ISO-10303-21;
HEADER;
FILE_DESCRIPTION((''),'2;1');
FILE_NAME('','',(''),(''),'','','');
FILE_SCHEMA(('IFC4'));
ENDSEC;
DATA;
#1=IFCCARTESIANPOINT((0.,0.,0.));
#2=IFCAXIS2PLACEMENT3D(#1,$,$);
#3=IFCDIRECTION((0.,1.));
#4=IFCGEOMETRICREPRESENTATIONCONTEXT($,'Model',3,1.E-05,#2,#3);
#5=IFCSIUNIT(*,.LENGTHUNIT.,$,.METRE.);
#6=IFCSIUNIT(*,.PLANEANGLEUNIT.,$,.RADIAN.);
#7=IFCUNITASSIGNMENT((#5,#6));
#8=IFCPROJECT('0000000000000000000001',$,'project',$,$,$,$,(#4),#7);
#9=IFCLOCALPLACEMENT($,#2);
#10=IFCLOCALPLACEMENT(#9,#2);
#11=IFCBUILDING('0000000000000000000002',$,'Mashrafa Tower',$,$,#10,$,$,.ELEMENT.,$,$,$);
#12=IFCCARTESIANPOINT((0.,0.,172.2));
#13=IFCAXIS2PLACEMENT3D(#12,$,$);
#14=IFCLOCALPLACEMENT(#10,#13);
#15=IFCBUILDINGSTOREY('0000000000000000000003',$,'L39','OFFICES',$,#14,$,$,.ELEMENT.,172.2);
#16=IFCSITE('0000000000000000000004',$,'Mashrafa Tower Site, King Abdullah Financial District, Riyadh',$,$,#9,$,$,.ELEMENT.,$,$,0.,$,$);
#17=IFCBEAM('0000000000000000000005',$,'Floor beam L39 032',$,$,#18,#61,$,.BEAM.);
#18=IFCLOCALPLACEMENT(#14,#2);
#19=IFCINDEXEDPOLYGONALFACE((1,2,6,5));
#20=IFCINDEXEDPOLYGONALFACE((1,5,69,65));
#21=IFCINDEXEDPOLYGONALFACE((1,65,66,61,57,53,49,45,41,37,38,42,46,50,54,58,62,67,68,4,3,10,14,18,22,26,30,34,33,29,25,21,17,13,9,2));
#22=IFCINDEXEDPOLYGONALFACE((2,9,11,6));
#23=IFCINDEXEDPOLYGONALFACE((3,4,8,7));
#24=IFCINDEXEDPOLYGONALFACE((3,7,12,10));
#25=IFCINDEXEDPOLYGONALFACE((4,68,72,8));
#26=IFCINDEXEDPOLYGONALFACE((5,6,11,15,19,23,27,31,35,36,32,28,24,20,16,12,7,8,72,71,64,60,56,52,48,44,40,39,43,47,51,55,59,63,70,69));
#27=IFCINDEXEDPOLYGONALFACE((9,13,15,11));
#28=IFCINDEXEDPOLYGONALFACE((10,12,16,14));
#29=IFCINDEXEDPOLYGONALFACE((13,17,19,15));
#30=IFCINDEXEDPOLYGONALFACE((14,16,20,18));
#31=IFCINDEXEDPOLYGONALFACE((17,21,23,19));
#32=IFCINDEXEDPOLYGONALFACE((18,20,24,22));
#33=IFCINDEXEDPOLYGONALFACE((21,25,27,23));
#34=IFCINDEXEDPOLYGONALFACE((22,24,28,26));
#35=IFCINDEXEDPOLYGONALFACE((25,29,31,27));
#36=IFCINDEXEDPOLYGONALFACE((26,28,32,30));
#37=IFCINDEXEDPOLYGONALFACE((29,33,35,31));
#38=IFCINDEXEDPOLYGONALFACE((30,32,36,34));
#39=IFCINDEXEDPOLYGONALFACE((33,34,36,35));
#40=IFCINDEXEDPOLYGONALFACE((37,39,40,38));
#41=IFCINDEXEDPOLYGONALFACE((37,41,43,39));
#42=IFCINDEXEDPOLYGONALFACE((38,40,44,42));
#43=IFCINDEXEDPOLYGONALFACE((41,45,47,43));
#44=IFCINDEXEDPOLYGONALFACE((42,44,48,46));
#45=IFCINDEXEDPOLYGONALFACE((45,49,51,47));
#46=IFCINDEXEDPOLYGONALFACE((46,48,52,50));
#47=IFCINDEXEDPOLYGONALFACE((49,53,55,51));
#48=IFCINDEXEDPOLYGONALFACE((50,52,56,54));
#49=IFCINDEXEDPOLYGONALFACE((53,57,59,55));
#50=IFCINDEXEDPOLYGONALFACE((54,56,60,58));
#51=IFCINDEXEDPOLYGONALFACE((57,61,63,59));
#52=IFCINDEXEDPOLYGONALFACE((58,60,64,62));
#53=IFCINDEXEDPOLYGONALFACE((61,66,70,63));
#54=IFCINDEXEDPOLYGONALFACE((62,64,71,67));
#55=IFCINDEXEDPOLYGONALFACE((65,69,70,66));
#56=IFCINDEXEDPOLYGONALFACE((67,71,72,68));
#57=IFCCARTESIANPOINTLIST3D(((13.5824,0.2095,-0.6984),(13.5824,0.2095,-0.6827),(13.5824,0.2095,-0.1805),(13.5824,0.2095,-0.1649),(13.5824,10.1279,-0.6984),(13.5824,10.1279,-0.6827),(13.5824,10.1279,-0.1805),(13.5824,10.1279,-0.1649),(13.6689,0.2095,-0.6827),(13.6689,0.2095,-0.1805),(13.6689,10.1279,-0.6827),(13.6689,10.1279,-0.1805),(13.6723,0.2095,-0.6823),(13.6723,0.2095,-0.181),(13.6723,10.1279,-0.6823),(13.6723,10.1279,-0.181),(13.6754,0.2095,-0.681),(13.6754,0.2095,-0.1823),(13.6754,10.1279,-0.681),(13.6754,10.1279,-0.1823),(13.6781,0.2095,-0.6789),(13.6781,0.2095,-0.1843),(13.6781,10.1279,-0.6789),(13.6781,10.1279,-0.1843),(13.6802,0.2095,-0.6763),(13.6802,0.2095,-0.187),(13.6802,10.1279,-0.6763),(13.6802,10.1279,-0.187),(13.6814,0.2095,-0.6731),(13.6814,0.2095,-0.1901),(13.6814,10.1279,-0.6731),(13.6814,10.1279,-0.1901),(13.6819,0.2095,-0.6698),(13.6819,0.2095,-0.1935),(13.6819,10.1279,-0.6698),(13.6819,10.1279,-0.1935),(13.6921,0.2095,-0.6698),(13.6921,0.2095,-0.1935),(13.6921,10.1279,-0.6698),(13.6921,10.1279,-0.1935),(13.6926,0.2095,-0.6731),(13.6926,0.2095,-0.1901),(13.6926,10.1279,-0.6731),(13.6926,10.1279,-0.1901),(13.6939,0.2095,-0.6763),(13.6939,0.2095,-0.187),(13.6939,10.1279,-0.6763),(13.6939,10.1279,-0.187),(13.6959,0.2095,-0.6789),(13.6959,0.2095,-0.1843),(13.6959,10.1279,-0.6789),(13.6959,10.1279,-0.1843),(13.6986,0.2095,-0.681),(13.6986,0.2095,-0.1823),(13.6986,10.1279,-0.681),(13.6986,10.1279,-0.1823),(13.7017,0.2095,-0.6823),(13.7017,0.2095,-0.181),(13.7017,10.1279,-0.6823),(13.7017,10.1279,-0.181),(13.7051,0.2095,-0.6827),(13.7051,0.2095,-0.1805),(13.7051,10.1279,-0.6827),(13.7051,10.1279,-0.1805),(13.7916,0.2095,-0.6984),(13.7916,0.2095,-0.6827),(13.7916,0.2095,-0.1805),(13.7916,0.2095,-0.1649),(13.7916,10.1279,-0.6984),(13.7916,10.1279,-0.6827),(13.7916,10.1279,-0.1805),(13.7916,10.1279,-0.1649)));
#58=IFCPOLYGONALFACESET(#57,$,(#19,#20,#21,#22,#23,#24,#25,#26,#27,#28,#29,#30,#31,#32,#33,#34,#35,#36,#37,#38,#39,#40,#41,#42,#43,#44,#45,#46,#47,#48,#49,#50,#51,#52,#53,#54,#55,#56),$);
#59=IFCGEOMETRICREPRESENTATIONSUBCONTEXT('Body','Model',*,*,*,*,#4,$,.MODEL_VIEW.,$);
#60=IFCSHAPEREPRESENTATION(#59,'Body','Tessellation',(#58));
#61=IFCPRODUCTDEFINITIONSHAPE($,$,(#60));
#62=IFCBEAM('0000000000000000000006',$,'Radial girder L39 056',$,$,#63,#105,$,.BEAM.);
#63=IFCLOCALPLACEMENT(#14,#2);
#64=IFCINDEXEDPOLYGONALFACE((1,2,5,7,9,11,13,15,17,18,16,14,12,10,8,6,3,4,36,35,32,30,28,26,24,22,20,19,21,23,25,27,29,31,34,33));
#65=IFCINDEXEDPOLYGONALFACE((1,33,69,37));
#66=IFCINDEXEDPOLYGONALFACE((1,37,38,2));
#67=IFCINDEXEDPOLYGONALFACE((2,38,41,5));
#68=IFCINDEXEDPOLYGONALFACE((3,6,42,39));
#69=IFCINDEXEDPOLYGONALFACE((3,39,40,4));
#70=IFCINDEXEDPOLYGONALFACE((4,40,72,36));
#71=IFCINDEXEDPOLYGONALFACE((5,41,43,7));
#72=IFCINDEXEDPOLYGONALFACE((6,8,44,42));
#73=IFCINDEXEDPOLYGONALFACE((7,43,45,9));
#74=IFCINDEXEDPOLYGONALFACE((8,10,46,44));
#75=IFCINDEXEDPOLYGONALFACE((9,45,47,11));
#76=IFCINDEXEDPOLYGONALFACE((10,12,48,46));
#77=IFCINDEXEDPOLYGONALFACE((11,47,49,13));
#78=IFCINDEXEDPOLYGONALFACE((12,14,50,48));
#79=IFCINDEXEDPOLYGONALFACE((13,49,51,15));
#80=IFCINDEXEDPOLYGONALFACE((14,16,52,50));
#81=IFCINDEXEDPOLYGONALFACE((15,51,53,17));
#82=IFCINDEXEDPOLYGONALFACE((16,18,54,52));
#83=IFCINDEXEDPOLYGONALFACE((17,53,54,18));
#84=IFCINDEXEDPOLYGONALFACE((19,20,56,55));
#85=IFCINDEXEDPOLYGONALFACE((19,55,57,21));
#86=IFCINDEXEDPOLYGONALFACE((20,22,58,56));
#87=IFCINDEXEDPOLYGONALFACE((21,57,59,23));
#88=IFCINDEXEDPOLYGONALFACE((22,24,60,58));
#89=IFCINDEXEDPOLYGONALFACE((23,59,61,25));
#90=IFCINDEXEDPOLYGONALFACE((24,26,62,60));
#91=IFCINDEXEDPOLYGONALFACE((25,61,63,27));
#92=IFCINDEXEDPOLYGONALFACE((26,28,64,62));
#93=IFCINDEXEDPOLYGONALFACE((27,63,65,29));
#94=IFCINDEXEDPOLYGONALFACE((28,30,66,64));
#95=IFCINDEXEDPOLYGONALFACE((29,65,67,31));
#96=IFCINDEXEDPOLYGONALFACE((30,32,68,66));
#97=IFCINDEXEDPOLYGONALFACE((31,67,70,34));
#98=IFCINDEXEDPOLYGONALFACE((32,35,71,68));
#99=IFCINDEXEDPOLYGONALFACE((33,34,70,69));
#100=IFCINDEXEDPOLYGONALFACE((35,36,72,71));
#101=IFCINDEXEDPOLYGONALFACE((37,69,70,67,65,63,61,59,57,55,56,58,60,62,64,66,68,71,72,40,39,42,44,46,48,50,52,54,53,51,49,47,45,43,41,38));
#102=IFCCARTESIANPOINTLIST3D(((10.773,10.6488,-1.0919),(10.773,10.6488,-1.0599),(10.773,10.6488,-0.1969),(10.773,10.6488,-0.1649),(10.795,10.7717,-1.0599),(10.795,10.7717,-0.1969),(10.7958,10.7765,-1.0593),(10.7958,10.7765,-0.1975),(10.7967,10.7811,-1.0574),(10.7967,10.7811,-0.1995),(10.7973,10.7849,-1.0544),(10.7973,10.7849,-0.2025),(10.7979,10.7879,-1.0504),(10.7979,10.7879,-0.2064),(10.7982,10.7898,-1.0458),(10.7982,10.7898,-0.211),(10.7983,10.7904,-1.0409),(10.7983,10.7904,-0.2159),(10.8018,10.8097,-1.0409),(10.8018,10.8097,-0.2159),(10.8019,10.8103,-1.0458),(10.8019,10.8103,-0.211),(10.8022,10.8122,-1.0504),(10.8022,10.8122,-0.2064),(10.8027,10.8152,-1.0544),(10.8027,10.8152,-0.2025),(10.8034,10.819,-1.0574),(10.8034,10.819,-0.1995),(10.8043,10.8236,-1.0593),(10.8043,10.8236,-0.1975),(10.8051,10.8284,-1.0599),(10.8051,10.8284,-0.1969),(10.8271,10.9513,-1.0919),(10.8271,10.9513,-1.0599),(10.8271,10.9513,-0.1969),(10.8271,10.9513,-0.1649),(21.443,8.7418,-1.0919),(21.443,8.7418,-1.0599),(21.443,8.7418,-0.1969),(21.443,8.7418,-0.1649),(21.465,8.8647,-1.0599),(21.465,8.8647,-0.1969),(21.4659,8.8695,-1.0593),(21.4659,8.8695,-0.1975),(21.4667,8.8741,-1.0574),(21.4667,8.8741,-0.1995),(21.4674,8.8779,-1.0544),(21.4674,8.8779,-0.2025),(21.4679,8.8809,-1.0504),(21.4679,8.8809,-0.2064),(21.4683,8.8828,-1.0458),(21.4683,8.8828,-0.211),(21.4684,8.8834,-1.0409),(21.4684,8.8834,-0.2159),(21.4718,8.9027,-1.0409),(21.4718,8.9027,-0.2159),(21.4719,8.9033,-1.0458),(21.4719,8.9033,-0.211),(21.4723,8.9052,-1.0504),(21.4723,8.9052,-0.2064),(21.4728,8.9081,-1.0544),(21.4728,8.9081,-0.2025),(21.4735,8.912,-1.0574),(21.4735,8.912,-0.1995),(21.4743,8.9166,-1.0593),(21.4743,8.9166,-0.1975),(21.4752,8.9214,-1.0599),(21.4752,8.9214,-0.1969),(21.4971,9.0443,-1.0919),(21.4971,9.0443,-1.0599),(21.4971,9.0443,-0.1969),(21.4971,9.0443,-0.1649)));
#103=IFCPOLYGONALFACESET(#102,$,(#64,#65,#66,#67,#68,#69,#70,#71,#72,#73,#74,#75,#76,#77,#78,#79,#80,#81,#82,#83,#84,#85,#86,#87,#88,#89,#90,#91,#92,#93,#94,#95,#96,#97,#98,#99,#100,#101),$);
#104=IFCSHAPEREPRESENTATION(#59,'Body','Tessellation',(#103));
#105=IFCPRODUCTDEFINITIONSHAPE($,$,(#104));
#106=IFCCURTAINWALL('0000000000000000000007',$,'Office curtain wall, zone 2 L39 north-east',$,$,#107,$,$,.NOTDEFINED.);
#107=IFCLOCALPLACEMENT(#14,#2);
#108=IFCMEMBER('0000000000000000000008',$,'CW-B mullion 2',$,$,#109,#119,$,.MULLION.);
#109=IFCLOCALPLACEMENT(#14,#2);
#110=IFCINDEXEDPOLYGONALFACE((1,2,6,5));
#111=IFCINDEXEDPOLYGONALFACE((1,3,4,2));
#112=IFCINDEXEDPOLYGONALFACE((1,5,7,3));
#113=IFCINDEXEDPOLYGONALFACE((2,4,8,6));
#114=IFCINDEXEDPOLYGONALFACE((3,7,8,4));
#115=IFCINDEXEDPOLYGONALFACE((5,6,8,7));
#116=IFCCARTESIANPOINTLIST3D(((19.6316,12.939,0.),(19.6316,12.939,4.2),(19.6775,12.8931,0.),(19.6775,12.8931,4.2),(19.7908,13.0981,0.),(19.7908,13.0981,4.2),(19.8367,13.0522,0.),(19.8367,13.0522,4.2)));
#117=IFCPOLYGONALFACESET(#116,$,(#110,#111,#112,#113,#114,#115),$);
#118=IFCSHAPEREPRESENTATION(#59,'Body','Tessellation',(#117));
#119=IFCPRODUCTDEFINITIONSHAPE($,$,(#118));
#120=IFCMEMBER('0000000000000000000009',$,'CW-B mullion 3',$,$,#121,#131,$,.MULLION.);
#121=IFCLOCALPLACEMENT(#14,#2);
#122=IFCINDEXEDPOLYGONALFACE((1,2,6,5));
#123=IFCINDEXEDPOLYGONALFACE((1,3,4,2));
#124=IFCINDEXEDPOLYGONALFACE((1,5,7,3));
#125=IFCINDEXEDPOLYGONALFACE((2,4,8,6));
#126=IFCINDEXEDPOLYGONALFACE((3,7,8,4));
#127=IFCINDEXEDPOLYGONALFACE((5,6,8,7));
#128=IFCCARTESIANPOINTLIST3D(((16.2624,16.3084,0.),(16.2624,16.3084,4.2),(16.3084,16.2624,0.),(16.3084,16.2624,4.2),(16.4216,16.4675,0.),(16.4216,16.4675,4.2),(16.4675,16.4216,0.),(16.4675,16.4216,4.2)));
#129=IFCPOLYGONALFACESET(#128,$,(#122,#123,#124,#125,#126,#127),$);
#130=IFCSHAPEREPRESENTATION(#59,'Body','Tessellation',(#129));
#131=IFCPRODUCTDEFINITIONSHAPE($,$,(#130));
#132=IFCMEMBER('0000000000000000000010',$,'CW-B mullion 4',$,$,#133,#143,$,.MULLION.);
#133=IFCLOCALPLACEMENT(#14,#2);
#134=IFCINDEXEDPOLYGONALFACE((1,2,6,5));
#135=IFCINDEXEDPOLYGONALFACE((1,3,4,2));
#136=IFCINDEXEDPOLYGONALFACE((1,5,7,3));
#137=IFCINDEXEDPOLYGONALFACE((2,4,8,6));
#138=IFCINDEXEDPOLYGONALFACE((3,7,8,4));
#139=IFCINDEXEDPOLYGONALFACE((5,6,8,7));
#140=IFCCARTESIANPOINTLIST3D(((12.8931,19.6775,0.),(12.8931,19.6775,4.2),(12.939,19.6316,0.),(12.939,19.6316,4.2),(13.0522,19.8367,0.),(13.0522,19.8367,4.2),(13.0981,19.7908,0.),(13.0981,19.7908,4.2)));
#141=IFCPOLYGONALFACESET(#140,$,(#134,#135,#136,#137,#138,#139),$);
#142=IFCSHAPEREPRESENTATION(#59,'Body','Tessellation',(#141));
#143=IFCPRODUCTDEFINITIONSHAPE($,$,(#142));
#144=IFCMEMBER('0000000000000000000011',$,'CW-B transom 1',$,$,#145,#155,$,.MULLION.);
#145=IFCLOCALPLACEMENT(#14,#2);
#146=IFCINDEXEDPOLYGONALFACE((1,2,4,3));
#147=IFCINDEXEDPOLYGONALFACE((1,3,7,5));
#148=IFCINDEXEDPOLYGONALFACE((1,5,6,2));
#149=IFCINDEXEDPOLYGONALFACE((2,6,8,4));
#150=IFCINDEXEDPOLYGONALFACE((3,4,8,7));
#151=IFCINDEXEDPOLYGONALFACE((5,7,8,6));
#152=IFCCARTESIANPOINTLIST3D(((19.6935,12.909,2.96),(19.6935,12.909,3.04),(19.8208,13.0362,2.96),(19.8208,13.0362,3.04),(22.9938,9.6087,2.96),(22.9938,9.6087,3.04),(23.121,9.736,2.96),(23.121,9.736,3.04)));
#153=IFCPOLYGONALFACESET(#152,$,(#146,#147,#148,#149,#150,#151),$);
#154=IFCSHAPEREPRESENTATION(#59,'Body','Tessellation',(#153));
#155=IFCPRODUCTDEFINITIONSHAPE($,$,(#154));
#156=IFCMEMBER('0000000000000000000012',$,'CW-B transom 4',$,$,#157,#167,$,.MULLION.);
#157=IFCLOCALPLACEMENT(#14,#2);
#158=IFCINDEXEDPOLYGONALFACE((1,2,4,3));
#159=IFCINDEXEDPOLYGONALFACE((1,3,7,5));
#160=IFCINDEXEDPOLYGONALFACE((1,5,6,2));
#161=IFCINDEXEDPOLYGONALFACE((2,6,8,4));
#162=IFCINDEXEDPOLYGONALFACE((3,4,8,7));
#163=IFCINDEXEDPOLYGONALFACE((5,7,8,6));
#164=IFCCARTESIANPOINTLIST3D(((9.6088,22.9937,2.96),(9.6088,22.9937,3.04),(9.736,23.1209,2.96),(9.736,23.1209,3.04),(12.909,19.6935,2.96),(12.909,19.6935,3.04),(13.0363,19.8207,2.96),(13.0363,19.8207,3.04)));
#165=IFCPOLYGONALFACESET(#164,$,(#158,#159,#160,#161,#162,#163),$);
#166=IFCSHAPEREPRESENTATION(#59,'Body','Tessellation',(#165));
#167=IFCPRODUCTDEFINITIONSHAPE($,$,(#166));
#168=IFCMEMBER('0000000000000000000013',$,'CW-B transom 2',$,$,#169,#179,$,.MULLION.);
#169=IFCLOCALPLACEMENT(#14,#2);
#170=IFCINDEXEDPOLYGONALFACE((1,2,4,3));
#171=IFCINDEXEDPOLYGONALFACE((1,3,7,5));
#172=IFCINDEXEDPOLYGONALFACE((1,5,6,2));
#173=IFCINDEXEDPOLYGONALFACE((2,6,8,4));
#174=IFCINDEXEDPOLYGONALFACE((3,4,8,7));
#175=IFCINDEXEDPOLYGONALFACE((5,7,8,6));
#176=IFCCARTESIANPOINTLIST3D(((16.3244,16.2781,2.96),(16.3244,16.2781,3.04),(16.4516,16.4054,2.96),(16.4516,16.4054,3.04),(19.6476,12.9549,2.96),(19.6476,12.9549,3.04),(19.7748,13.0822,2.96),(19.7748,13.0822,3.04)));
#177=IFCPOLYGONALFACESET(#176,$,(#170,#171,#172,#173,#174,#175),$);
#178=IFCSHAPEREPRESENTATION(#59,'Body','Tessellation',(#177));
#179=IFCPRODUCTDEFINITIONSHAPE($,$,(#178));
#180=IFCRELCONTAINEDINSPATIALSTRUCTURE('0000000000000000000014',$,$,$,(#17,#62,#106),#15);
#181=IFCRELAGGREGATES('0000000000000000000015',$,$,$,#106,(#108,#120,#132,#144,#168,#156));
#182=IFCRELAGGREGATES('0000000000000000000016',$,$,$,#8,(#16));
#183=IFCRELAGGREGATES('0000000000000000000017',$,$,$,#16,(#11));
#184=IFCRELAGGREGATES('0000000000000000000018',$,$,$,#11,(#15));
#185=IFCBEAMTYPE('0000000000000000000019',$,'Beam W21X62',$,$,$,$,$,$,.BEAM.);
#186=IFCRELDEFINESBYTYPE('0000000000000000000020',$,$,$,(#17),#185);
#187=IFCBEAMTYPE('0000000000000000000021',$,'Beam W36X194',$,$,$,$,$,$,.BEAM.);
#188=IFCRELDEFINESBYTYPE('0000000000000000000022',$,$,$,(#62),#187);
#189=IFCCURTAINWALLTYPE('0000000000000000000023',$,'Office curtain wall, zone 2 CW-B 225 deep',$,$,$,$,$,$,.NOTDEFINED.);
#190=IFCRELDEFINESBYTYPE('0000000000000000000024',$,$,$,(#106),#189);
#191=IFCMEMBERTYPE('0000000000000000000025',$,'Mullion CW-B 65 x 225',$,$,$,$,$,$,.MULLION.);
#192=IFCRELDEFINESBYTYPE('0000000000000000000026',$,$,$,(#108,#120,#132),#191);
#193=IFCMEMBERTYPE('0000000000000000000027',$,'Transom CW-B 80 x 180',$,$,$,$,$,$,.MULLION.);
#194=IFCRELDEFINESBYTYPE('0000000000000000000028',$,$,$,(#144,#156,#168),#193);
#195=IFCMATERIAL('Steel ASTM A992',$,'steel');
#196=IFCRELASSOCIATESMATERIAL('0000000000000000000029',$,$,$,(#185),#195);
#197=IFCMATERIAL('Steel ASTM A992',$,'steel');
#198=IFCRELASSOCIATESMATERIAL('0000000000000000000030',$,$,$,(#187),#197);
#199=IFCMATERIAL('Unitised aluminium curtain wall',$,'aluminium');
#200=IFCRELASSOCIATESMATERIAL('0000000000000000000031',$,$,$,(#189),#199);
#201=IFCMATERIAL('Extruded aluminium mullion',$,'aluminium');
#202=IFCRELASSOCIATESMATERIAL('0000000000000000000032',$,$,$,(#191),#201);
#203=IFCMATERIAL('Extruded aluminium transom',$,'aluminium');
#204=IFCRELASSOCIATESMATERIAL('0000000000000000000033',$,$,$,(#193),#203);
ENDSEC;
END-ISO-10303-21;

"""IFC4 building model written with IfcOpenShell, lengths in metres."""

from ifc_helpers import new_model, si_unit, direction, frame, origin, origin_2d, place, context, subcontext, project, spatial, rectangle, i_section, extrude, source, transform, mapped, material, material_profile, profile_set, type_object, type_shapes, element, aggregate, save


model = new_model("IFC4")

# Units and contexts
model_context = context("Model", 3, precision=1e-05, world=origin(), true_north=direction((0.0, 1.0)))
body_context = subcontext(model_context, "Body", "Model", "MODEL_VIEW")
ifc_project = project(units=[si_unit("LENGTHUNIT", "METRE"), si_unit("PLANEANGLEUNIT", "RADIAN")], contexts=[model_context])

# Site, building, storey
site_placement = place(None, origin())
site = spatial("IfcSite", under=ifc_project, at=site_placement, Name="Mashrafa Tower Site, King Abdullah Financial District, Riyadh", CompositionType="ELEMENT", RefElevation=0.0)
building_placement = place(site_placement, origin())
building = spatial("IfcBuilding", under=site, at=building_placement, Name="Mashrafa Tower", CompositionType="ELEMENT")
storey_placement = place(building_placement, frame((0.0, 0.0, 172.2)))
storey = spatial("IfcBuildingStorey", under=building, at=storey_placement, Name="L39", Description="OFFICES", CompositionType="ELEMENT", Elevation=172.2)

# Beams
ifc_material_1 = material(Name="Steel ASTM A992", Category="steel")
ifc_material_profile_1 = material_profile(ifc_material_1, i_section(OverallWidth=0.2092, OverallDepth=0.5334, WebThickness=0.0103, FlangeThickness=0.0156, FilletRadius=0.0129, at=origin_2d()), Name="W21X62")
ifc_profile_set_1 = profile_set([ifc_material_profile_1], Name="Steel ASTM A992")
beam_type_1 = type_object("IfcBeamType", Name="Beam W21X62", PredefinedType="BEAM", material=ifc_profile_set_1)
beam_1_placement = place(storey_placement, frame((13.687, 10.1279, -0.4316), z_axis=(0.0, -1.0, 0.0), x_axis=(1.0, 0.0, 0.0)))
element("IfcBeam", 1, at=beam_1_placement, inside=storey, type_object=beam_type_1, Name="Floor beam L39 032", PredefinedType="BEAM", context=body_context, shape_type="SweptSolid", body=[
    extrude(i_section(OverallWidth=0.2092, OverallDepth=0.5334, WebThickness=0.0103, FlangeThickness=0.0156, FilletRadius=0.0129, at=origin_2d()), origin(), (0.0, 0.0, 1.0), 9.9185),
])
ifc_material_2 = material(Name="Steel ASTM A992", Category="steel")
ifc_material_profile_2 = material_profile(ifc_material_2, i_section(OverallWidth=0.3074, OverallDepth=0.927, WebThickness=0.0195, FlangeThickness=0.032, FilletRadius=0.019, at=origin_2d()), Name="W36X194")
ifc_profile_set_2 = profile_set([ifc_material_profile_2], Name="Steel ASTM A992")
beam_type_2 = type_object("IfcBeamType", Name="Beam W36X194", PredefinedType="BEAM", material=ifc_profile_set_2)
beam_2_placement = place(storey_placement, frame((10.8, 10.8, -0.6284), z_axis=(0.984401, -0.175937, 0.0), x_axis=(0.175937, 0.984401, 0.0)))
element("IfcBeam", 2, at=beam_2_placement, inside=storey, type_object=beam_type_2, Name="Radial girder L39 056", PredefinedType="BEAM", context=body_context, shape_type="SweptSolid", body=[
    extrude(i_section(OverallWidth=0.3074, OverallDepth=0.927, WebThickness=0.0195, FlangeThickness=0.032, FilletRadius=0.019, at=origin_2d()), origin(), (0.0, 0.0, 1.0), 10.8391),
])

# Curtain wall, members
ifc_material_3 = material(Name="Unitised aluminium curtain wall", Category="aluminium")
curtain_wall_type = type_object("IfcCurtainWallType", Name="Office curtain wall, zone 2 CW-B 225 deep", PredefinedType="NOTDEFINED", material=ifc_material_3)
curtain_wall_placement = place(storey_placement, origin())
curtain_wall = element("IfcCurtainWall", 3, at=curtain_wall_placement, inside=storey, type_object=curtain_wall_type, Name="Office curtain wall, zone 2 L39 north-east", PredefinedType="NOTDEFINED")
ifc_material_4 = material(Name="Extruded aluminium mullion", Category="aluminium")
ifc_material_profile_3 = material_profile(ifc_material_4, rectangle(XDim=0.2251, YDim=0.0649, at=origin_2d()), Name="Mullion 65x225")
ifc_profile_set_3 = profile_set([ifc_material_profile_3], Name="Extruded aluminium mullion")
member_type_1 = type_object("IfcMemberType", Name="Mullion CW-B 65 x 225", PredefinedType="MULLION", material=ifc_profile_set_3)
shared_shape_1 = source(origin(), body_context, "Body", "SweptSolid", [
    extrude(rectangle(XDim=0.2251, YDim=0.0649, at=origin_2d()), origin(), (0.0, 0.0, 1.0), 4.2),
])
type_shapes(member_type_1, [shared_shape_1])
member_1_placement = place(storey_placement, frame((19.7341, 12.9956, 0.0), z_axis=(0.0, 0.0, 1.0), x_axis=(-0.707107, -0.707107, 0.0)))
member_1 = element("IfcMember", 4, at=member_1_placement, type_object=member_type_1, Name="CW-B mullion 2", PredefinedType="MULLION", context=body_context, shape_type="MappedRepresentation", body=[
    mapped(shared_shape_1, transform((0.0, 0.0, 0.0))),
])
member_2_placement = place(storey_placement, frame((16.365, 16.365, 0.0), z_axis=(0.0, 0.0, 1.0), x_axis=(-0.707107, -0.707107, 0.0)))
member_2 = element("IfcMember", 5, at=member_2_placement, type_object=member_type_1, Name="CW-B mullion 3", PredefinedType="MULLION", context=body_context, shape_type="MappedRepresentation", body=[
    mapped(shared_shape_1, transform((0.0, 0.0, 0.0))),
])
member_3_placement = place(storey_placement, frame((12.9956, 19.7341, 0.0), z_axis=(0.0, 0.0, 1.0), x_axis=(-0.707107, -0.707107, 0.0)))
member_3 = element("IfcMember", 6, at=member_3_placement, type_object=member_type_1, Name="CW-B mullion 4", PredefinedType="MULLION", context=body_context, shape_type="MappedRepresentation", body=[
    mapped(shared_shape_1, transform((0.0, 0.0, 0.0))),
])
ifc_material_5 = material(Name="Extruded aluminium transom", Category="aluminium")
ifc_material_profile_4 = material_profile(ifc_material_5, rectangle(XDim=0.1799, YDim=0.0801, at=origin_2d()), Name="Transom 80x180")
ifc_profile_set_4 = profile_set([ifc_material_profile_4], Name="Extruded aluminium transom")
member_type_2 = type_object("IfcMemberType", Name="Transom CW-B 80 x 180", PredefinedType="MULLION", material=ifc_profile_set_4)
shared_shape_2 = source(origin(), body_context, "Body", "SweptSolid", [
    extrude(rectangle(XDim=0.1799, YDim=0.0801, at=origin_2d()), origin(), (0.0, 0.0, 1.0), 4.6672),
])
member_4_placement = place(storey_placement, frame((23.0574, 9.6724, 3.0), z_axis=(-0.707107, 0.707107, 0.0), x_axis=(-0.707107, -0.707107, 0.0)))
member_4 = element("IfcMember", 7, at=member_4_placement, type_object=member_type_2, Name="CW-B transom 1", PredefinedType="MULLION", context=body_context, shape_type="MappedRepresentation", body=[
    mapped(shared_shape_2, transform((0.0, 0.0, 0.0))),
])
member_5_placement = place(storey_placement, frame((12.9727, 19.7571, 3.0), z_axis=(-0.707107, 0.707107, 0.0), x_axis=(-0.707107, -0.707107, 0.0)))
member_5 = element("IfcMember", 8, at=member_5_placement, type_object=member_type_2, Name="CW-B transom 4", PredefinedType="MULLION", context=body_context, shape_type="MappedRepresentation", body=[
    mapped(shared_shape_2, transform((0.0, 0.0, 0.0))),
])
shared_shape_3 = source(origin(), body_context, "Body", "SweptSolid", [
    extrude(rectangle(XDim=0.1799, YDim=0.0801, at=origin_2d()), origin(), (0.0, 0.0, 1.0), 4.6997),
])
type_shapes(member_type_2, [shared_shape_2, shared_shape_3])
member_6_placement = place(storey_placement, frame((19.7112, 13.0186, 3.0), z_axis=(-0.707107, 0.707107, 0.0), x_axis=(-0.707107, -0.707107, 0.0)))
member_6 = element("IfcMember", 9, at=member_6_placement, type_object=member_type_2, Name="CW-B transom 2", PredefinedType="MULLION", context=body_context, shape_type="MappedRepresentation", body=[
    mapped(shared_shape_3, transform((0.0, 0.0, 0.0))),
])
aggregate(curtain_wall, [member_1, member_2, member_3, member_4, member_6, member_5])

save(model, "model.ifc")
